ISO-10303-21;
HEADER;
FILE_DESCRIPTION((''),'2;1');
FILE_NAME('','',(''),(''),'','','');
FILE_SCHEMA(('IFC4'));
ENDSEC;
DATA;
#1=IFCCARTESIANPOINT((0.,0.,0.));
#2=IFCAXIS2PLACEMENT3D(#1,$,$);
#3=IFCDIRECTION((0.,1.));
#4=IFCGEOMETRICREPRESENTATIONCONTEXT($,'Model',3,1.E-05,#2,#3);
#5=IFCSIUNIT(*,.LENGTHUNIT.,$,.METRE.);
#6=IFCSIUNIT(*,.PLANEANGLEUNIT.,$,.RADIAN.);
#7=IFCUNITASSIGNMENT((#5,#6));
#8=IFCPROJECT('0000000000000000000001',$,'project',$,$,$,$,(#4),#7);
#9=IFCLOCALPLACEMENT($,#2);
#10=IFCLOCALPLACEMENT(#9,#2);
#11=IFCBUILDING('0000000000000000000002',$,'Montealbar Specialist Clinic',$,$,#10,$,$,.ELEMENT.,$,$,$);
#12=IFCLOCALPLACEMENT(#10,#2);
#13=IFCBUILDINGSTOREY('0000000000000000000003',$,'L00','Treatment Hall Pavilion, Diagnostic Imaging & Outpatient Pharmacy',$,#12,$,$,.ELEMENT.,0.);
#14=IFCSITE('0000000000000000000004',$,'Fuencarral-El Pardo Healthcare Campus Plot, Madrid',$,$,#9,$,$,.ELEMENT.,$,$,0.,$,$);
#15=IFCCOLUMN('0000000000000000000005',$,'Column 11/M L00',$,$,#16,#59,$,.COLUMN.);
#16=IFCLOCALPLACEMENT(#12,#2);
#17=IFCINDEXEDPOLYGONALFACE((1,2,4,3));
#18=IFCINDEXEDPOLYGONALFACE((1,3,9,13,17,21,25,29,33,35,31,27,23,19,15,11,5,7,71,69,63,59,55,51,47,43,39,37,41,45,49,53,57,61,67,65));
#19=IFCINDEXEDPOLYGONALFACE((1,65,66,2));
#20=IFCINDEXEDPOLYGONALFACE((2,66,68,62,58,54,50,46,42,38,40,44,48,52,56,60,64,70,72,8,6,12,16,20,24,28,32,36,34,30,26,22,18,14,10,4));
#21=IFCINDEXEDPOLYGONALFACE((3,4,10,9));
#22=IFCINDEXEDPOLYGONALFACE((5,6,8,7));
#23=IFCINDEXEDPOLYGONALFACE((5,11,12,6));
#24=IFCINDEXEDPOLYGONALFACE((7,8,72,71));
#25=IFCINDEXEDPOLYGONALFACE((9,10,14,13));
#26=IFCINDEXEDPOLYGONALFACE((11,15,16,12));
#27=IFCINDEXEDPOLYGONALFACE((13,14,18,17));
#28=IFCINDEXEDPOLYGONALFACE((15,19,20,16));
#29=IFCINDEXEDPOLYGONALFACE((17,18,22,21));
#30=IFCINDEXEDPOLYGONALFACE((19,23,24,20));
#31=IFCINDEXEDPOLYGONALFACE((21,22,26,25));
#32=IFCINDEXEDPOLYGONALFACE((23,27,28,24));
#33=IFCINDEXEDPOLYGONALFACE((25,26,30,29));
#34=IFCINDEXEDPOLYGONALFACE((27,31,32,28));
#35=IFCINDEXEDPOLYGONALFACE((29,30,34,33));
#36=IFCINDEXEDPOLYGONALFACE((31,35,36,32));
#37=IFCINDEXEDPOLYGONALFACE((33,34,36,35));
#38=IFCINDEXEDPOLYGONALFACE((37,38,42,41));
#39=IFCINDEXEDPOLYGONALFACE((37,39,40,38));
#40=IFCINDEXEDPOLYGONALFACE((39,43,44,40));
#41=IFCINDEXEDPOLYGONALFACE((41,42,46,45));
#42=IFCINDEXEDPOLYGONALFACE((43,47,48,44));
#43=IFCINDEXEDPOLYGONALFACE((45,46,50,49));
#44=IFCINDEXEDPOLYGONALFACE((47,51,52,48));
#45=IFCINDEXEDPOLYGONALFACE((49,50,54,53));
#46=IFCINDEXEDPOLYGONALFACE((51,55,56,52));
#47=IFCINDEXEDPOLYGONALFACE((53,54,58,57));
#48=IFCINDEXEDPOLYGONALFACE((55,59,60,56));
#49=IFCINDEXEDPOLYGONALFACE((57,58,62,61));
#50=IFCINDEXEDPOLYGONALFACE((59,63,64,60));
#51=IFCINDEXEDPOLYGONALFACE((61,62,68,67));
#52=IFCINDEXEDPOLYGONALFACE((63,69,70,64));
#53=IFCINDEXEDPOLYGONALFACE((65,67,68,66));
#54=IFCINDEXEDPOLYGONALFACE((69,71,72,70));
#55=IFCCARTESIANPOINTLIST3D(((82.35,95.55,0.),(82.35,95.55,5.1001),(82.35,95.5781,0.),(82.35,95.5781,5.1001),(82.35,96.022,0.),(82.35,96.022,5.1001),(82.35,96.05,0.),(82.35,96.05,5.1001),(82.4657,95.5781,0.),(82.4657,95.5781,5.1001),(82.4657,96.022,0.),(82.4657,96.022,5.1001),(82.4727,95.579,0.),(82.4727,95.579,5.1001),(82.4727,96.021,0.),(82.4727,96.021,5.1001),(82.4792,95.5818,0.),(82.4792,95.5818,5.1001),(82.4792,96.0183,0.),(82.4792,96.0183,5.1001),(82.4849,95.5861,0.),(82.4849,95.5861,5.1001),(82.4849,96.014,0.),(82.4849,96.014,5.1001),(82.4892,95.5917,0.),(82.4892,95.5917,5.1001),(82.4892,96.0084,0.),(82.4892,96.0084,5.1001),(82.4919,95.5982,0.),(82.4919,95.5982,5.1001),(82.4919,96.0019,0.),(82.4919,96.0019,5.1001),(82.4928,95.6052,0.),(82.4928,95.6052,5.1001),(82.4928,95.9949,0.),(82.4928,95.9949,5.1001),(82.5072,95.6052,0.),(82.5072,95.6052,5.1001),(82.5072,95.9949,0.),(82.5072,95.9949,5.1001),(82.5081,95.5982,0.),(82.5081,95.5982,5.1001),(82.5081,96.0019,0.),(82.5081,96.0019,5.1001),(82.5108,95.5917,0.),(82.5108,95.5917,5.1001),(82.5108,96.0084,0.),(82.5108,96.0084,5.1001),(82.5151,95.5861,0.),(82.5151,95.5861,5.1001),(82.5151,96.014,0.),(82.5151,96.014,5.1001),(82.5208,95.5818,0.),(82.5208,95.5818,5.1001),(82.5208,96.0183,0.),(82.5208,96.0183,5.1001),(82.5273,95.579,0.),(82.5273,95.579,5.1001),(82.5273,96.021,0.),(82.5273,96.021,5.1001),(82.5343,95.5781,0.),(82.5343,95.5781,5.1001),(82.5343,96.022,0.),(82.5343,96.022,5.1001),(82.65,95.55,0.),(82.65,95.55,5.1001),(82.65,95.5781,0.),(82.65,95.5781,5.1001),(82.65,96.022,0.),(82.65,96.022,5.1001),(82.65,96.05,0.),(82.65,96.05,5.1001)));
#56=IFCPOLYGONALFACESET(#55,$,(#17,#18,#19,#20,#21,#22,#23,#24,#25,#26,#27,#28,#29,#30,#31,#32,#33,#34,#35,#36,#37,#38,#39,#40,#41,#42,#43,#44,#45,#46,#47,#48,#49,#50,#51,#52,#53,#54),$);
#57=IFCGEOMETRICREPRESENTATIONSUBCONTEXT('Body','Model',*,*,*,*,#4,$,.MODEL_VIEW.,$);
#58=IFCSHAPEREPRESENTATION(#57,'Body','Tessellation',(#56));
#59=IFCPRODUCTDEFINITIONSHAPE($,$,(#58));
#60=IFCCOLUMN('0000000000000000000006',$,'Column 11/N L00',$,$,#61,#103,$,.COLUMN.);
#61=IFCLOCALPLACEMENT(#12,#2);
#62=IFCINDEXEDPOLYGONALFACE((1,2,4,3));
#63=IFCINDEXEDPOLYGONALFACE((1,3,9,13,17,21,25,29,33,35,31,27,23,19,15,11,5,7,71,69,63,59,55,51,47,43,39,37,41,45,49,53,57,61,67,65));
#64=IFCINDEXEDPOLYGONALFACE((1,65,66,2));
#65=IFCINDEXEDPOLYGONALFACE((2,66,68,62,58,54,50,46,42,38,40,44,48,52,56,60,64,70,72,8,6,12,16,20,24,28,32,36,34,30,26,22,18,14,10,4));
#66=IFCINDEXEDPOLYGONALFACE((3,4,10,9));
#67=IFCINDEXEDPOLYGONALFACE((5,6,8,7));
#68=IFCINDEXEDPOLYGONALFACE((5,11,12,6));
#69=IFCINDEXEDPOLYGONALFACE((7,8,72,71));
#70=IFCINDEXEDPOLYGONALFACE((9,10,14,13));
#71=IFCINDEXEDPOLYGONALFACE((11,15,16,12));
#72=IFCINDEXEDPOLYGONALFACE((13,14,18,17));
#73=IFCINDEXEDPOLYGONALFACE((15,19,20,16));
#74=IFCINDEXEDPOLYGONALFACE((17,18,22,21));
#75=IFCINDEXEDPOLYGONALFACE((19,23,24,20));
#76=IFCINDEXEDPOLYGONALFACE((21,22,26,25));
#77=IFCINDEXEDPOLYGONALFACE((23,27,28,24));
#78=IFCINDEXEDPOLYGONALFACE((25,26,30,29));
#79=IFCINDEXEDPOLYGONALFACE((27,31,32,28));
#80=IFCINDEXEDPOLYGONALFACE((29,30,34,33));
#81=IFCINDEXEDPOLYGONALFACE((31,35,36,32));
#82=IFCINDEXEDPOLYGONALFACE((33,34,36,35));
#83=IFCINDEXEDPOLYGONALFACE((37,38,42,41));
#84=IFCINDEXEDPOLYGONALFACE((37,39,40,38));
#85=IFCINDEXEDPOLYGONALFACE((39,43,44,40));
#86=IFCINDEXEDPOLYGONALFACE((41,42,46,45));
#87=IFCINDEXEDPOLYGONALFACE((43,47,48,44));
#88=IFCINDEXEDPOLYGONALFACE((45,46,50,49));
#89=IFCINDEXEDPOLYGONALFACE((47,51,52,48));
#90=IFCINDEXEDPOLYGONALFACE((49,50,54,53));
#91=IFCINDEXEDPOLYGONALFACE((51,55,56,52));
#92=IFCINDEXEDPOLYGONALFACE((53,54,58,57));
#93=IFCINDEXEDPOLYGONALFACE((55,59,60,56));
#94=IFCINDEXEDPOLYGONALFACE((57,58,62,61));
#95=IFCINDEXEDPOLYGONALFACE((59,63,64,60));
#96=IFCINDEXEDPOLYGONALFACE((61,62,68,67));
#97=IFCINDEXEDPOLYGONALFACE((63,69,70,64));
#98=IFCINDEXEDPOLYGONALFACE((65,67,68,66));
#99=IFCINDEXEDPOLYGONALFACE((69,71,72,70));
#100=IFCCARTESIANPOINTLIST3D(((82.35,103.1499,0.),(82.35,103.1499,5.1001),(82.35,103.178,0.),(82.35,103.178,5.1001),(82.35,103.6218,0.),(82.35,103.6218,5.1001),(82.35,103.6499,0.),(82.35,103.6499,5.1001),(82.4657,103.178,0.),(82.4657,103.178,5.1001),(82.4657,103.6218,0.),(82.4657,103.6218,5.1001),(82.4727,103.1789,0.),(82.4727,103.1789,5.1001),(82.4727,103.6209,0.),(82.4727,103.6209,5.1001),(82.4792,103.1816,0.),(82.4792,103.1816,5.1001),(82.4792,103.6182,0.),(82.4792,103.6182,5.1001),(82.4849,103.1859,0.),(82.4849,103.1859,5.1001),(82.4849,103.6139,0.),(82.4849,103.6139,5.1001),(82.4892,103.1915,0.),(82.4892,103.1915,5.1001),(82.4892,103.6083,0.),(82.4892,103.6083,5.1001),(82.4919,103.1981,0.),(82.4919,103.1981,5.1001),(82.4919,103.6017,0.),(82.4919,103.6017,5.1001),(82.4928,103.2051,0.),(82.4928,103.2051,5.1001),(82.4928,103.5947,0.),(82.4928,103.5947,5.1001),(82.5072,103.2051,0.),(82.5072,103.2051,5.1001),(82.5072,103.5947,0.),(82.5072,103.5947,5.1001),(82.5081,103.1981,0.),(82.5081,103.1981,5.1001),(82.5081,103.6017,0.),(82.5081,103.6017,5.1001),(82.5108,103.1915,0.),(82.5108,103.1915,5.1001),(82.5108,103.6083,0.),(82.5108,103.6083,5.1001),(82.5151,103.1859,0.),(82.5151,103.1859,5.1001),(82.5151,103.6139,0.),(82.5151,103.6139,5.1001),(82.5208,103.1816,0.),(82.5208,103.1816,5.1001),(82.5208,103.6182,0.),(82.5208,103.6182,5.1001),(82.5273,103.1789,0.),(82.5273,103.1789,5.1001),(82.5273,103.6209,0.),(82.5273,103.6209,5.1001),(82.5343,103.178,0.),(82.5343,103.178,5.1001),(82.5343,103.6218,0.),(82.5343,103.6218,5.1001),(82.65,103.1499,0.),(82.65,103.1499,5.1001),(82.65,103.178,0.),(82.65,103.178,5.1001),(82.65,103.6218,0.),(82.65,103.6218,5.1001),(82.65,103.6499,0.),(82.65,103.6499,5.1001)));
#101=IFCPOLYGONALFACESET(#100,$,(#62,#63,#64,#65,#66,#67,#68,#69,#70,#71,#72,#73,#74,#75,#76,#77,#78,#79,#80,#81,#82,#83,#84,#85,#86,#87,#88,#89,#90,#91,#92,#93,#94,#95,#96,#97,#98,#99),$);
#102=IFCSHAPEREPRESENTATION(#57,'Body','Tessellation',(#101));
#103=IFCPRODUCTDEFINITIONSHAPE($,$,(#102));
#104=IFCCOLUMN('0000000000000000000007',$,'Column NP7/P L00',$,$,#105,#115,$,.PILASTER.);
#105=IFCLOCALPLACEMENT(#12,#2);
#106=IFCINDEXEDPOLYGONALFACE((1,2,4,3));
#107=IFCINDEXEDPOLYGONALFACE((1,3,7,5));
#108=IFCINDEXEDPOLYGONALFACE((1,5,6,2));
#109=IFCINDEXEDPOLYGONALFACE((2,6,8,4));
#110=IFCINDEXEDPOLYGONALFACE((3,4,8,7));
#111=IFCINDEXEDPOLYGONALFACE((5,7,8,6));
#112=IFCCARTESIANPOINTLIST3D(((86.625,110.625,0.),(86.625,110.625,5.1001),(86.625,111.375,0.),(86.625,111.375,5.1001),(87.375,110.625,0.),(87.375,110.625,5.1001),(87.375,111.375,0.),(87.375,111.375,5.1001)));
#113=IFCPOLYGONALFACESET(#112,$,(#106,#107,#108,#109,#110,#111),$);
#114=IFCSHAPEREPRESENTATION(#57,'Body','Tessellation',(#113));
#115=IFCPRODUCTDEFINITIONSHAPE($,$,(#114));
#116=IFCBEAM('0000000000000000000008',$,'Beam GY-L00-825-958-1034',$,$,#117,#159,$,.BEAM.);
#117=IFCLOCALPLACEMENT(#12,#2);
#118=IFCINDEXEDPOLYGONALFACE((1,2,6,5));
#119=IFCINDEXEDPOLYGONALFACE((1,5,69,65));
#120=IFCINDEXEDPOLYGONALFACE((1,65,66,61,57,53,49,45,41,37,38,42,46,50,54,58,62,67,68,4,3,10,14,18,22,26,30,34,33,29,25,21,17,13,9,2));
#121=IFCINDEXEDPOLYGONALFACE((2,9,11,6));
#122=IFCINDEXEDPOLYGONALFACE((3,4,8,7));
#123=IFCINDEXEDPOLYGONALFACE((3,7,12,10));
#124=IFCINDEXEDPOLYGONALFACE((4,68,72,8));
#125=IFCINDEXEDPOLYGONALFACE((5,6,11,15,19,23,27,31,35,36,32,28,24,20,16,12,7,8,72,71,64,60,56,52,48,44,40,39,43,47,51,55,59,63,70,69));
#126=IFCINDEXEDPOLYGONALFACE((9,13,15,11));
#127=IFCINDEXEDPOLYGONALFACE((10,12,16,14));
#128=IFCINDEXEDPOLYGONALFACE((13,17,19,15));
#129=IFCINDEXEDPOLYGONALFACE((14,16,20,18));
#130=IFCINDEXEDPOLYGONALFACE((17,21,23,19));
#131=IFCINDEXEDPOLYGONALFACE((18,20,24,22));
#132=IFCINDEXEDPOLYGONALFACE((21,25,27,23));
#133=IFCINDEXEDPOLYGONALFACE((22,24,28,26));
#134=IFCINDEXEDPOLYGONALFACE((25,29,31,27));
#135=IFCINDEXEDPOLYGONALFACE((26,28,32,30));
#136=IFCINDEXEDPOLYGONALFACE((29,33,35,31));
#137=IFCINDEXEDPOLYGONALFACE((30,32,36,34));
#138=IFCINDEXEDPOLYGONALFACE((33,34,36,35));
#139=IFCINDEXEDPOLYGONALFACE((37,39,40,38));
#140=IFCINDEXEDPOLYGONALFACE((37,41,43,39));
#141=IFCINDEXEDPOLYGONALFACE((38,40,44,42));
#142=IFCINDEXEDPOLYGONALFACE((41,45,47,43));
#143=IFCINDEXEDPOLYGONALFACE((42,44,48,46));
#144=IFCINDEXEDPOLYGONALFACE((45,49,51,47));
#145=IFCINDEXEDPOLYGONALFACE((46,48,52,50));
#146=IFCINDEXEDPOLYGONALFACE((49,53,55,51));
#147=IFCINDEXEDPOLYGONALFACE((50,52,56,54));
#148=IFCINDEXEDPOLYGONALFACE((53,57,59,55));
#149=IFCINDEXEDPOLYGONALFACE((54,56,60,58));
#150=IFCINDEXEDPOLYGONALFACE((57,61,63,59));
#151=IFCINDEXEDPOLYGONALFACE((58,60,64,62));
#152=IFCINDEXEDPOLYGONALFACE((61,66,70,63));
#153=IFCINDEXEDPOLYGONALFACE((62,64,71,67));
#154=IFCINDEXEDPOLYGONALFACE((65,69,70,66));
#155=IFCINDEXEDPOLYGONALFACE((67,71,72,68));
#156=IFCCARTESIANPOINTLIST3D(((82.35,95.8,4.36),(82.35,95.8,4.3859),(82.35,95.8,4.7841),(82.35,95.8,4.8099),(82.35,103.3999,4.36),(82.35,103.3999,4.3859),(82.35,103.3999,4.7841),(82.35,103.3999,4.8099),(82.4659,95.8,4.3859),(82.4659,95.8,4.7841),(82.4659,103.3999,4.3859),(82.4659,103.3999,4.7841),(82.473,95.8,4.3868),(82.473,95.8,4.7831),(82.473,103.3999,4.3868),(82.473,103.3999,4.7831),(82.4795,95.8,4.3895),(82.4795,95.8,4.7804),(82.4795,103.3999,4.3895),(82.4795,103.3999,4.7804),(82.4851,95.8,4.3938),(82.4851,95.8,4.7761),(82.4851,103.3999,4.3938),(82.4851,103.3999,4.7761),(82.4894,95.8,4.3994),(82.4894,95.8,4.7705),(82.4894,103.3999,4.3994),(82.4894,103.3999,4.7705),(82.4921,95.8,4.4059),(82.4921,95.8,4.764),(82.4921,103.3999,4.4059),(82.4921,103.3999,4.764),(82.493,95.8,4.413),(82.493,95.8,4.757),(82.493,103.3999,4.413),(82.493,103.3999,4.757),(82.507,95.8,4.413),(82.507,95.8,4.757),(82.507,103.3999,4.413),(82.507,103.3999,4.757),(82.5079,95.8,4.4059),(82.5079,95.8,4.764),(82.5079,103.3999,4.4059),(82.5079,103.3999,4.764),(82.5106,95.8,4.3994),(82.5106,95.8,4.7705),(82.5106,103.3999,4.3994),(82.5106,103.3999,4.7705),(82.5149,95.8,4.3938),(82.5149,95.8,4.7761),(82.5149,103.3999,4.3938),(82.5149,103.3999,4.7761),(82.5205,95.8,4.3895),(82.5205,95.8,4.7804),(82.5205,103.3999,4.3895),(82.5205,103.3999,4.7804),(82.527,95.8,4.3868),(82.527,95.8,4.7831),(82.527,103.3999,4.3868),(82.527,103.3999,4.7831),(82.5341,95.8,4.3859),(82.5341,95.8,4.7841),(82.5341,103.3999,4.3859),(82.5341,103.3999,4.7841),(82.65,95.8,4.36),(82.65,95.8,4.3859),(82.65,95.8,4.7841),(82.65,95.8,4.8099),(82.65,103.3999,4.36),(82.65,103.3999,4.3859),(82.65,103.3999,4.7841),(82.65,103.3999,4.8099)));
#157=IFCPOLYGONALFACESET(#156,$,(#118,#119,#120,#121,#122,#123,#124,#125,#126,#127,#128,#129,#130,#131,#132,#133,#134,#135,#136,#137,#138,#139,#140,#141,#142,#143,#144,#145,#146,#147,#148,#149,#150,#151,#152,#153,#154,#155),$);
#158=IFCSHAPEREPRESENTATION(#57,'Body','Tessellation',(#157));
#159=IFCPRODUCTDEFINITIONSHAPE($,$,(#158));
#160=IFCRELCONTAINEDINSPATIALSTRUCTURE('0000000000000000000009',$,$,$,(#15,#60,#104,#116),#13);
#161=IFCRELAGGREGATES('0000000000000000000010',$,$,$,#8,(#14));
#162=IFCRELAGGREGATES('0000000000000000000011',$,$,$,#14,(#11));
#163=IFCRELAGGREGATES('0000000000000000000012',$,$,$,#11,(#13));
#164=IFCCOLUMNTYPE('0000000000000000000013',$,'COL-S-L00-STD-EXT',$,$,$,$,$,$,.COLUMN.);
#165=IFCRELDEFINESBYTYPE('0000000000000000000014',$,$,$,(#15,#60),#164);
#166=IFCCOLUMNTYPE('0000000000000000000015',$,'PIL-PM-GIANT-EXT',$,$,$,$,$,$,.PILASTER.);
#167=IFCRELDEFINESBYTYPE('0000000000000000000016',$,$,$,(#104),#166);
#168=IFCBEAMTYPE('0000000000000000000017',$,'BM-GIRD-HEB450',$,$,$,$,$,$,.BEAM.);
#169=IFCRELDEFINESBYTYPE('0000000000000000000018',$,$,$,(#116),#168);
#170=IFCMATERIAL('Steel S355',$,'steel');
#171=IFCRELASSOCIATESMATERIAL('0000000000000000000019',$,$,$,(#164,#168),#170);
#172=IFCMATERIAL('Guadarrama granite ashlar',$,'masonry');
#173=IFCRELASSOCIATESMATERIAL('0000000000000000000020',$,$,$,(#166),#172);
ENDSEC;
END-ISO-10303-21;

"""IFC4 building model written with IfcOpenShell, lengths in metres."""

from ifc_helpers import new_model, si_unit, direction, frame, origin, origin_2d, place, context, subcontext, project, spatial, rectangle, i_section, extrude, material, material_profile, profile_set, type_object, element, save


model = new_model("IFC4")

# Units and contexts
model_context = context("Model", 3, precision=1e-05, world=origin(), true_north=direction((0.0, 1.0)))
body_context = subcontext(model_context, "Body", "Model", "MODEL_VIEW")
ifc_project = project(units=[si_unit("LENGTHUNIT", "METRE"), si_unit("PLANEANGLEUNIT", "RADIAN")], contexts=[model_context])

# Site, building, storey
site_placement = place(None, origin())
site = spatial("IfcSite", under=ifc_project, at=site_placement, Name="Fuencarral-El Pardo Healthcare Campus Plot, Madrid", CompositionType="ELEMENT", RefElevation=0.0)
building_placement = place(site_placement, origin())
building = spatial("IfcBuilding", under=site, at=building_placement, Name="Montealbar Specialist Clinic", CompositionType="ELEMENT")
storey_placement = place(building_placement, origin())
storey = spatial("IfcBuildingStorey", under=building, at=storey_placement, Name="L00", Description="Treatment Hall Pavilion, Diagnostic Imaging & Outpatient Pharmacy", CompositionType="ELEMENT", Elevation=0.0)

# Columns
ifc_material_1 = material(Name="Steel S355", Category="steel")
ifc_material_profile_1 = material_profile(ifc_material_1, i_section(OverallWidth=0.3, OverallDepth=0.5, WebThickness=0.0144, FlangeThickness=0.0281, FilletRadius=0.0271, at=origin_2d()), Name="HEB 500", Category="steel")
ifc_profile_set_1 = profile_set([ifc_material_profile_1], Name="Steel S355")
column_type_1 = type_object("IfcColumnType", Name="COL-S-L00-STD-EXT", PredefinedType="COLUMN", material=ifc_profile_set_1)
for number, where, z_axis, x_axis, name in (
    (1, (82.5, 95.8, 0.0), (0.0, 0.0, 1.0), (1.0, 0.0, 0.0), "Column 11/M L00"),
    (2, (82.5, 103.3999, 0.0), (0.0, 0.0, 1.0), (1.0, 0.0, 0.0), "Column 11/N L00"),
):
    element("IfcColumn", number, at=place(storey_placement, frame(where, z_axis=z_axis, x_axis=x_axis)), inside=storey, type_object=column_type_1, Name=name, PredefinedType="COLUMN", context=body_context, shape_type="SweptSolid", body=[
        extrude(i_section(OverallWidth=0.3, OverallDepth=0.5, WebThickness=0.0144, FlangeThickness=0.0281, FilletRadius=0.0271, at=origin_2d()), origin(), (0.0, 0.0, 1.0), 5.1001),
    ])
ifc_material_2 = material(Name="Guadarrama granite ashlar", Category="masonry")
ifc_material_profile_2 = material_profile(ifc_material_2, rectangle(XDim=0.75, YDim=0.75, at=origin_2d()), Name="GRANITE PILASTER 750x750", Category="masonry")
ifc_profile_set_2 = profile_set([ifc_material_profile_2], Name="Guadarrama granite ashlar")
column_type_2 = type_object("IfcColumnType", Name="PIL-PM-GIANT-EXT", PredefinedType="PILASTER", material=ifc_profile_set_2)
column_placement = place(storey_placement, frame((87.0, 111.0, 0.0), z_axis=(0.0, 0.0, 1.0), x_axis=(1.0, 0.0, 0.0)))
element("IfcColumn", 3, at=column_placement, inside=storey, type_object=column_type_2, Name="Column NP7/P L00", PredefinedType="PILASTER", context=body_context, shape_type="SweptSolid", body=[
    extrude(rectangle(XDim=0.75, YDim=0.75, at=origin_2d()), origin(), (0.0, 0.0, 1.0), 5.1001),
])

# Beam
ifc_material_profile_3 = material_profile(ifc_material_1, i_section(OverallWidth=0.3, OverallDepth=0.45, WebThickness=0.0139, FlangeThickness=0.0259, FilletRadius=0.0271, at=origin_2d()), Name="HEB 450", Category="steel")
ifc_profile_set_3 = profile_set([ifc_material_profile_3], Name="Steel S355")
beam_type_1 = type_object("IfcBeamType", Name="BM-GIRD-HEB450", PredefinedType="BEAM", material=ifc_profile_set_3)
beam_1_placement = place(storey_placement, frame((82.5, 95.8, 4.585), z_axis=(0.0, 1.0, 0.0), x_axis=(-1.0, 0.0, 0.0)))
element("IfcBeam", 4, at=beam_1_placement, inside=storey, type_object=beam_type_1, Name="Beam GY-L00-825-958-1034", PredefinedType="BEAM", context=body_context, shape_type="SweptSolid", body=[
    extrude(i_section(OverallWidth=0.3, OverallDepth=0.45, WebThickness=0.0139, FlangeThickness=0.0259, FilletRadius=0.0271, at=origin_2d()), origin(), (0.0, 0.0, 1.0), 7.5999),
])

save(model, "model.ifc")
